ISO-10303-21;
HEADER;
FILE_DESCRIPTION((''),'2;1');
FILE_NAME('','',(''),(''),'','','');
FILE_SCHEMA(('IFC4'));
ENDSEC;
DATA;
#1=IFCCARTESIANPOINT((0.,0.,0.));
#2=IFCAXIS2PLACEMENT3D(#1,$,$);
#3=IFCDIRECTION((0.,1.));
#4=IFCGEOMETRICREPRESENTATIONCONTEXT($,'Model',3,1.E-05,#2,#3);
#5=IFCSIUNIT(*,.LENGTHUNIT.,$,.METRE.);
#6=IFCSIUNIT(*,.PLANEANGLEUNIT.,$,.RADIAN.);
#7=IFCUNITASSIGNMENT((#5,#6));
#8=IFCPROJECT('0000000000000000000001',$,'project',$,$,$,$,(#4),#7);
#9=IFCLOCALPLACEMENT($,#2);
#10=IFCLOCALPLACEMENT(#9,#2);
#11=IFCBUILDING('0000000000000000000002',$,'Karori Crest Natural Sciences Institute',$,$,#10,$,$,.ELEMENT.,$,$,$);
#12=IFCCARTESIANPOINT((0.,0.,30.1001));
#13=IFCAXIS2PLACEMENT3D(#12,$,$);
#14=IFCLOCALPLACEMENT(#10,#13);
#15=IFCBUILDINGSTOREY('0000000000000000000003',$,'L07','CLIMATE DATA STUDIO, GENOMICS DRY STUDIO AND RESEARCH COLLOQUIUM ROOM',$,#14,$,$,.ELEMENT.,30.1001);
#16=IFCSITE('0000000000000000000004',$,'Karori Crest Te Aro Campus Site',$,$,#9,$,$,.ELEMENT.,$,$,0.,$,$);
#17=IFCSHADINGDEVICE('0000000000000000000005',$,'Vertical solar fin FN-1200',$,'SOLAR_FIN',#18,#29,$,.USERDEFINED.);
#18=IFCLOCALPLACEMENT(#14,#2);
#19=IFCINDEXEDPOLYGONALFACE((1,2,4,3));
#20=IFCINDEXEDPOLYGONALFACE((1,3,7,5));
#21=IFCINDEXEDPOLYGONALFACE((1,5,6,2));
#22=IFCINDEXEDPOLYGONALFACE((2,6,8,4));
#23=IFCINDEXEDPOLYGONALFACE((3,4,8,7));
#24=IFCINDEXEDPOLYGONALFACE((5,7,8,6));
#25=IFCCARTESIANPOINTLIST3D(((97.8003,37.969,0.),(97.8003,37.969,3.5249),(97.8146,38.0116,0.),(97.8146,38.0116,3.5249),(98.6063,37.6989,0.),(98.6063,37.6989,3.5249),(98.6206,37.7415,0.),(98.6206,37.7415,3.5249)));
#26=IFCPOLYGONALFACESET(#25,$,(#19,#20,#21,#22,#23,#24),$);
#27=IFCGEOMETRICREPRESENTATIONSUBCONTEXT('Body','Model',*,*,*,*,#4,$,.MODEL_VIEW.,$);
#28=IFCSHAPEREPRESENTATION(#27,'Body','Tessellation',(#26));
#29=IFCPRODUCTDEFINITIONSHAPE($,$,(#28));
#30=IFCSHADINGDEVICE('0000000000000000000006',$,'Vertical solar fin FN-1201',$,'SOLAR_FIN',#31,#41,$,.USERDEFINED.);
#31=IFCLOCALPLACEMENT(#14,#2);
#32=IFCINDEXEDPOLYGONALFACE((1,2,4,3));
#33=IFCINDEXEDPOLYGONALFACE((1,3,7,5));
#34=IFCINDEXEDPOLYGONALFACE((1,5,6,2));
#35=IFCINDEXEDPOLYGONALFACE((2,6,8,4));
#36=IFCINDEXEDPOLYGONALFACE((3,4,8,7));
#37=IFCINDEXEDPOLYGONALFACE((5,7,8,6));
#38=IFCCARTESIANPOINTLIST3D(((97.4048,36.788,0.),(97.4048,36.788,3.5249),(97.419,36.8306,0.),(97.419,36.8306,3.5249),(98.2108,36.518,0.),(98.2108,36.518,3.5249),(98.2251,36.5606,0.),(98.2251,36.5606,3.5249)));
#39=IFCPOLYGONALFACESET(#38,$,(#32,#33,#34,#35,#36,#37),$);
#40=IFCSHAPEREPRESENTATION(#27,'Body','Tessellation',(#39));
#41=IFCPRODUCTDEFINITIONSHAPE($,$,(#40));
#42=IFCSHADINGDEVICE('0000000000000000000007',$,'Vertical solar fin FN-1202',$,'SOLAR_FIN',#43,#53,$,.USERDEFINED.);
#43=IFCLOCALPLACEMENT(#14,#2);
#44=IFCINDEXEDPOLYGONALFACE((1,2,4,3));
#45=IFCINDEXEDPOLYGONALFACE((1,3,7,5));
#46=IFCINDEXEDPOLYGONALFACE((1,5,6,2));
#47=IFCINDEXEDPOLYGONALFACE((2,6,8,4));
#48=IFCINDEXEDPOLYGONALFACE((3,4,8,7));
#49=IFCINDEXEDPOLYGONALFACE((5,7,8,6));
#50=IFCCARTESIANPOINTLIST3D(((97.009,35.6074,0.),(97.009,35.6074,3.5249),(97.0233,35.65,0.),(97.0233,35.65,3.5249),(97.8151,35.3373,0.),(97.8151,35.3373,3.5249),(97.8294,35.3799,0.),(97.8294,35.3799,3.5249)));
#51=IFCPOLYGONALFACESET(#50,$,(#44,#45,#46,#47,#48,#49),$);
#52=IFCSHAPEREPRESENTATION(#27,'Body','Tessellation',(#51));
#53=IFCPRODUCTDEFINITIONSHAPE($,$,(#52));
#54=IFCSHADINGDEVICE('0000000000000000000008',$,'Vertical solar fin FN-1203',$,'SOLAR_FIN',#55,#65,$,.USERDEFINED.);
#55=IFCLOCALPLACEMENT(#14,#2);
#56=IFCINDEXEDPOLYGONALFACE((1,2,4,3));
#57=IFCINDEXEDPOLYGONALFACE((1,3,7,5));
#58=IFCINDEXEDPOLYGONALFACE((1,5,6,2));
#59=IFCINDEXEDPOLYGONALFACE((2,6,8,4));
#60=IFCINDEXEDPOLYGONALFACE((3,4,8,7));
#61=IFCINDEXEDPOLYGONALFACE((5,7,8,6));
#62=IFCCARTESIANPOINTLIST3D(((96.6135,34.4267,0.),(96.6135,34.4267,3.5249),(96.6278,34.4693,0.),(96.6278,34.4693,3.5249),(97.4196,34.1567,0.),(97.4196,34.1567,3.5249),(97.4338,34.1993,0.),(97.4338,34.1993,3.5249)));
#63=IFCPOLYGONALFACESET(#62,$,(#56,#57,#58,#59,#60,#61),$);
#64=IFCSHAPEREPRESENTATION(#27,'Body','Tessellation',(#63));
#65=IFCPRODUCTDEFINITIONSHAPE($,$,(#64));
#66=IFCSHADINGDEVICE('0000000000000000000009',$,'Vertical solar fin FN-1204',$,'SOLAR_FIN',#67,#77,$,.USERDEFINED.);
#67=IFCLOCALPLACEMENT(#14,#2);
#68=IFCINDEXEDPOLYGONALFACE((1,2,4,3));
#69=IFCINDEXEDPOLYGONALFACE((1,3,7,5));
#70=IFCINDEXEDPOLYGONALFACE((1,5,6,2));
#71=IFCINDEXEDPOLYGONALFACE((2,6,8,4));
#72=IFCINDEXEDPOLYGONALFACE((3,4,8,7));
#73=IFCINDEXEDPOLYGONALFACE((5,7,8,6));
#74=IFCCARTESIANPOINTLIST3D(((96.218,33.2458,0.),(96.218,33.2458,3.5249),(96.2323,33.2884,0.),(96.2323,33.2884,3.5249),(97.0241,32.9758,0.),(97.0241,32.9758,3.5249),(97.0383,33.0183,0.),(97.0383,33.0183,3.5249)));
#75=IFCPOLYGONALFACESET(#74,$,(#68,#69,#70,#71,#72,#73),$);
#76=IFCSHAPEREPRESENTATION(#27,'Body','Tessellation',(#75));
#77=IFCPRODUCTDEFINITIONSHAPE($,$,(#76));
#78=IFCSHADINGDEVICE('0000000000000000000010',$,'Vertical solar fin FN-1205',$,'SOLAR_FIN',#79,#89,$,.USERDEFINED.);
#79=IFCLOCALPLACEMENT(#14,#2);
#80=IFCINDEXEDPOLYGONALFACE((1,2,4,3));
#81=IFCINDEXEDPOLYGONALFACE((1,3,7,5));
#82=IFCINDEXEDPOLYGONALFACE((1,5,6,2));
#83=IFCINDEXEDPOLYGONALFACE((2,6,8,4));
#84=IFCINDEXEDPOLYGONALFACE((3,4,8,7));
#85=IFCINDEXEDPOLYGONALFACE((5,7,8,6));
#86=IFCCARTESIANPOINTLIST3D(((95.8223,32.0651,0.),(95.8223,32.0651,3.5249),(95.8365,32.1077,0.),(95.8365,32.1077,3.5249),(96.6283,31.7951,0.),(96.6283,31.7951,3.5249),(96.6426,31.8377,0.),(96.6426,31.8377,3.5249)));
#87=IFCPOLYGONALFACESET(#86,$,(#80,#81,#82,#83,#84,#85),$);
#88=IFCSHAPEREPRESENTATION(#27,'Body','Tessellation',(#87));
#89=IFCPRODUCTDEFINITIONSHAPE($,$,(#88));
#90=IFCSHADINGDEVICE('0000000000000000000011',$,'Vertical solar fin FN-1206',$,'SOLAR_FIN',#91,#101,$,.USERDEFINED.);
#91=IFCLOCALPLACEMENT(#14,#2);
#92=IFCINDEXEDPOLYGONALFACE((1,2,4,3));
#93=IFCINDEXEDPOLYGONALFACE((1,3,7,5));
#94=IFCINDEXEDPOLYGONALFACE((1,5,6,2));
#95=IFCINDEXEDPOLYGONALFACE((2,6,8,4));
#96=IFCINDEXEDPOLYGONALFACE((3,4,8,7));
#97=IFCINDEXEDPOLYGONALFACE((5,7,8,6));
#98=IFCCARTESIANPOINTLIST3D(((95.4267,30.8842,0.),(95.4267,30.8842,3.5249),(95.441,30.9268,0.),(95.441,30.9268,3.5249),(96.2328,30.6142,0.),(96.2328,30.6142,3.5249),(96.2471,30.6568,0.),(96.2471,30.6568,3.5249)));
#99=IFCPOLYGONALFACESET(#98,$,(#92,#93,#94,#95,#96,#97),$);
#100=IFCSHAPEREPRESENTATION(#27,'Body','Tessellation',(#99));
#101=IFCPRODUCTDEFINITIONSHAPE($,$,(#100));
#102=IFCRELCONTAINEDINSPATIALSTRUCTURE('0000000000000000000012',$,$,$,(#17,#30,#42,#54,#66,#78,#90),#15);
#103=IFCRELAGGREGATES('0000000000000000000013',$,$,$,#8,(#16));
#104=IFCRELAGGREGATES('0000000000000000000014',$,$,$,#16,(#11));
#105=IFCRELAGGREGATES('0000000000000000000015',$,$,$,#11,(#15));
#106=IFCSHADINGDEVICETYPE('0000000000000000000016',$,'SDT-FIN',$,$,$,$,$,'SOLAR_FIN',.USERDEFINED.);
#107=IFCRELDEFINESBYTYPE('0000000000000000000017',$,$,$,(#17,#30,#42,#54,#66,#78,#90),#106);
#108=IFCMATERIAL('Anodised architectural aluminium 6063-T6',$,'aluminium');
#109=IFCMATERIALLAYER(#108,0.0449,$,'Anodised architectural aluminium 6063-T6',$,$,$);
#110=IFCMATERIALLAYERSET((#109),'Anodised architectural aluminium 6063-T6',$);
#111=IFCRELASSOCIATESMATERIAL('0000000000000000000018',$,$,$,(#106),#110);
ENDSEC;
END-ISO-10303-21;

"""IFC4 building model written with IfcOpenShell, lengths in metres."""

from ifc_helpers import new_model, si_unit, direction, frame, origin, origin_2d, place, context, subcontext, project, spatial, rectangle, extrude, material, layer, layer_set, type_object, element, save


model = new_model("IFC4")

# Units and contexts
model_context = context("Model", 3, precision=1e-05, world=origin(), true_north=direction((0.0, 1.0)))
body_context = subcontext(model_context, "Body", "Model", "MODEL_VIEW")
ifc_project = project(units=[si_unit("LENGTHUNIT", "METRE"), si_unit("PLANEANGLEUNIT", "RADIAN")], contexts=[model_context])

# Site, building, storey
site_placement = place(None, origin())
site = spatial("IfcSite", under=ifc_project, at=site_placement, Name="Karori Crest Te Aro Campus Site", CompositionType="ELEMENT", RefElevation=0.0)
building_placement = place(site_placement, origin())
building = spatial("IfcBuilding", under=site, at=building_placement, Name="Karori Crest Natural Sciences Institute", CompositionType="ELEMENT")
storey_placement = place(building_placement, frame((0.0, 0.0, 30.1001)))
storey = spatial("IfcBuildingStorey", under=building, at=storey_placement, Name="L07", Description="CLIMATE DATA STUDIO, GENOMICS DRY STUDIO AND RESEARCH COLLOQUIUM ROOM", CompositionType="ELEMENT", Elevation=30.1001)

# Shared definitions
ifc_material_1 = material(Name="Anodised architectural aluminium 6063-T6", Category="aluminium")

# Shading devices
ifc_layer_1 = layer(ifc_material_1, 0.0449, Name="Anodised architectural aluminium 6063-T6")
ifc_layer_set_1 = layer_set([ifc_layer_1], Name="Anodised architectural aluminium 6063-T6")
shading_device_type = type_object("IfcShadingDeviceType", Name="SDT-FIN", ElementType="SOLAR_FIN", PredefinedType="USERDEFINED", material=ifc_layer_set_1)
for number, where, z_axis, x_axis, name in (
    (1, (98.2104, 37.8552, 0.0), (0.0, 0.0, 1.0), (0.948198, -0.31768, 0.0), "Vertical solar fin FN-1200"),
    (2, (97.8149, 36.6743, 0.0), (0.0, 0.0, 1.0), (0.948198, -0.31768, 0.0), "Vertical solar fin FN-1201"),
    (3, (97.4192, 35.4937, 0.0), (0.0, 0.0, 1.0), (0.948198, -0.31768, 0.0), "Vertical solar fin FN-1202"),
    (4, (97.0237, 34.313, 0.0), (0.0, 0.0, 1.0), (0.948198, -0.31768, 0.0), "Vertical solar fin FN-1203"),
    (5, (96.6282, 33.1321, 0.0), (0.0, 0.0, 1.0), (0.948198, -0.31768, 0.0), "Vertical solar fin FN-1204"),
    (6, (96.2324, 31.9514, 0.0), (0.0, 0.0, 1.0), (0.948198, -0.31768, 0.0), "Vertical solar fin FN-1205"),
    (7, (95.8369, 30.7705, 0.0), (0.0, 0.0, 1.0), (0.948198, -0.31768, 0.0), "Vertical solar fin FN-1206"),
):
    element("IfcShadingDevice", number, at=place(storey_placement, frame(where, z_axis=z_axis, x_axis=x_axis)), inside=storey, type_object=shading_device_type, Name=name, ObjectType="SOLAR_FIN", PredefinedType="USERDEFINED", context=body_context, shape_type="SweptSolid", body=[
        extrude(rectangle(XDim=0.8501, YDim=0.0449, at=origin_2d()), origin(), (0.0, 0.0, 1.0), 3.5249),
    ])

save(model, "model.ifc")
